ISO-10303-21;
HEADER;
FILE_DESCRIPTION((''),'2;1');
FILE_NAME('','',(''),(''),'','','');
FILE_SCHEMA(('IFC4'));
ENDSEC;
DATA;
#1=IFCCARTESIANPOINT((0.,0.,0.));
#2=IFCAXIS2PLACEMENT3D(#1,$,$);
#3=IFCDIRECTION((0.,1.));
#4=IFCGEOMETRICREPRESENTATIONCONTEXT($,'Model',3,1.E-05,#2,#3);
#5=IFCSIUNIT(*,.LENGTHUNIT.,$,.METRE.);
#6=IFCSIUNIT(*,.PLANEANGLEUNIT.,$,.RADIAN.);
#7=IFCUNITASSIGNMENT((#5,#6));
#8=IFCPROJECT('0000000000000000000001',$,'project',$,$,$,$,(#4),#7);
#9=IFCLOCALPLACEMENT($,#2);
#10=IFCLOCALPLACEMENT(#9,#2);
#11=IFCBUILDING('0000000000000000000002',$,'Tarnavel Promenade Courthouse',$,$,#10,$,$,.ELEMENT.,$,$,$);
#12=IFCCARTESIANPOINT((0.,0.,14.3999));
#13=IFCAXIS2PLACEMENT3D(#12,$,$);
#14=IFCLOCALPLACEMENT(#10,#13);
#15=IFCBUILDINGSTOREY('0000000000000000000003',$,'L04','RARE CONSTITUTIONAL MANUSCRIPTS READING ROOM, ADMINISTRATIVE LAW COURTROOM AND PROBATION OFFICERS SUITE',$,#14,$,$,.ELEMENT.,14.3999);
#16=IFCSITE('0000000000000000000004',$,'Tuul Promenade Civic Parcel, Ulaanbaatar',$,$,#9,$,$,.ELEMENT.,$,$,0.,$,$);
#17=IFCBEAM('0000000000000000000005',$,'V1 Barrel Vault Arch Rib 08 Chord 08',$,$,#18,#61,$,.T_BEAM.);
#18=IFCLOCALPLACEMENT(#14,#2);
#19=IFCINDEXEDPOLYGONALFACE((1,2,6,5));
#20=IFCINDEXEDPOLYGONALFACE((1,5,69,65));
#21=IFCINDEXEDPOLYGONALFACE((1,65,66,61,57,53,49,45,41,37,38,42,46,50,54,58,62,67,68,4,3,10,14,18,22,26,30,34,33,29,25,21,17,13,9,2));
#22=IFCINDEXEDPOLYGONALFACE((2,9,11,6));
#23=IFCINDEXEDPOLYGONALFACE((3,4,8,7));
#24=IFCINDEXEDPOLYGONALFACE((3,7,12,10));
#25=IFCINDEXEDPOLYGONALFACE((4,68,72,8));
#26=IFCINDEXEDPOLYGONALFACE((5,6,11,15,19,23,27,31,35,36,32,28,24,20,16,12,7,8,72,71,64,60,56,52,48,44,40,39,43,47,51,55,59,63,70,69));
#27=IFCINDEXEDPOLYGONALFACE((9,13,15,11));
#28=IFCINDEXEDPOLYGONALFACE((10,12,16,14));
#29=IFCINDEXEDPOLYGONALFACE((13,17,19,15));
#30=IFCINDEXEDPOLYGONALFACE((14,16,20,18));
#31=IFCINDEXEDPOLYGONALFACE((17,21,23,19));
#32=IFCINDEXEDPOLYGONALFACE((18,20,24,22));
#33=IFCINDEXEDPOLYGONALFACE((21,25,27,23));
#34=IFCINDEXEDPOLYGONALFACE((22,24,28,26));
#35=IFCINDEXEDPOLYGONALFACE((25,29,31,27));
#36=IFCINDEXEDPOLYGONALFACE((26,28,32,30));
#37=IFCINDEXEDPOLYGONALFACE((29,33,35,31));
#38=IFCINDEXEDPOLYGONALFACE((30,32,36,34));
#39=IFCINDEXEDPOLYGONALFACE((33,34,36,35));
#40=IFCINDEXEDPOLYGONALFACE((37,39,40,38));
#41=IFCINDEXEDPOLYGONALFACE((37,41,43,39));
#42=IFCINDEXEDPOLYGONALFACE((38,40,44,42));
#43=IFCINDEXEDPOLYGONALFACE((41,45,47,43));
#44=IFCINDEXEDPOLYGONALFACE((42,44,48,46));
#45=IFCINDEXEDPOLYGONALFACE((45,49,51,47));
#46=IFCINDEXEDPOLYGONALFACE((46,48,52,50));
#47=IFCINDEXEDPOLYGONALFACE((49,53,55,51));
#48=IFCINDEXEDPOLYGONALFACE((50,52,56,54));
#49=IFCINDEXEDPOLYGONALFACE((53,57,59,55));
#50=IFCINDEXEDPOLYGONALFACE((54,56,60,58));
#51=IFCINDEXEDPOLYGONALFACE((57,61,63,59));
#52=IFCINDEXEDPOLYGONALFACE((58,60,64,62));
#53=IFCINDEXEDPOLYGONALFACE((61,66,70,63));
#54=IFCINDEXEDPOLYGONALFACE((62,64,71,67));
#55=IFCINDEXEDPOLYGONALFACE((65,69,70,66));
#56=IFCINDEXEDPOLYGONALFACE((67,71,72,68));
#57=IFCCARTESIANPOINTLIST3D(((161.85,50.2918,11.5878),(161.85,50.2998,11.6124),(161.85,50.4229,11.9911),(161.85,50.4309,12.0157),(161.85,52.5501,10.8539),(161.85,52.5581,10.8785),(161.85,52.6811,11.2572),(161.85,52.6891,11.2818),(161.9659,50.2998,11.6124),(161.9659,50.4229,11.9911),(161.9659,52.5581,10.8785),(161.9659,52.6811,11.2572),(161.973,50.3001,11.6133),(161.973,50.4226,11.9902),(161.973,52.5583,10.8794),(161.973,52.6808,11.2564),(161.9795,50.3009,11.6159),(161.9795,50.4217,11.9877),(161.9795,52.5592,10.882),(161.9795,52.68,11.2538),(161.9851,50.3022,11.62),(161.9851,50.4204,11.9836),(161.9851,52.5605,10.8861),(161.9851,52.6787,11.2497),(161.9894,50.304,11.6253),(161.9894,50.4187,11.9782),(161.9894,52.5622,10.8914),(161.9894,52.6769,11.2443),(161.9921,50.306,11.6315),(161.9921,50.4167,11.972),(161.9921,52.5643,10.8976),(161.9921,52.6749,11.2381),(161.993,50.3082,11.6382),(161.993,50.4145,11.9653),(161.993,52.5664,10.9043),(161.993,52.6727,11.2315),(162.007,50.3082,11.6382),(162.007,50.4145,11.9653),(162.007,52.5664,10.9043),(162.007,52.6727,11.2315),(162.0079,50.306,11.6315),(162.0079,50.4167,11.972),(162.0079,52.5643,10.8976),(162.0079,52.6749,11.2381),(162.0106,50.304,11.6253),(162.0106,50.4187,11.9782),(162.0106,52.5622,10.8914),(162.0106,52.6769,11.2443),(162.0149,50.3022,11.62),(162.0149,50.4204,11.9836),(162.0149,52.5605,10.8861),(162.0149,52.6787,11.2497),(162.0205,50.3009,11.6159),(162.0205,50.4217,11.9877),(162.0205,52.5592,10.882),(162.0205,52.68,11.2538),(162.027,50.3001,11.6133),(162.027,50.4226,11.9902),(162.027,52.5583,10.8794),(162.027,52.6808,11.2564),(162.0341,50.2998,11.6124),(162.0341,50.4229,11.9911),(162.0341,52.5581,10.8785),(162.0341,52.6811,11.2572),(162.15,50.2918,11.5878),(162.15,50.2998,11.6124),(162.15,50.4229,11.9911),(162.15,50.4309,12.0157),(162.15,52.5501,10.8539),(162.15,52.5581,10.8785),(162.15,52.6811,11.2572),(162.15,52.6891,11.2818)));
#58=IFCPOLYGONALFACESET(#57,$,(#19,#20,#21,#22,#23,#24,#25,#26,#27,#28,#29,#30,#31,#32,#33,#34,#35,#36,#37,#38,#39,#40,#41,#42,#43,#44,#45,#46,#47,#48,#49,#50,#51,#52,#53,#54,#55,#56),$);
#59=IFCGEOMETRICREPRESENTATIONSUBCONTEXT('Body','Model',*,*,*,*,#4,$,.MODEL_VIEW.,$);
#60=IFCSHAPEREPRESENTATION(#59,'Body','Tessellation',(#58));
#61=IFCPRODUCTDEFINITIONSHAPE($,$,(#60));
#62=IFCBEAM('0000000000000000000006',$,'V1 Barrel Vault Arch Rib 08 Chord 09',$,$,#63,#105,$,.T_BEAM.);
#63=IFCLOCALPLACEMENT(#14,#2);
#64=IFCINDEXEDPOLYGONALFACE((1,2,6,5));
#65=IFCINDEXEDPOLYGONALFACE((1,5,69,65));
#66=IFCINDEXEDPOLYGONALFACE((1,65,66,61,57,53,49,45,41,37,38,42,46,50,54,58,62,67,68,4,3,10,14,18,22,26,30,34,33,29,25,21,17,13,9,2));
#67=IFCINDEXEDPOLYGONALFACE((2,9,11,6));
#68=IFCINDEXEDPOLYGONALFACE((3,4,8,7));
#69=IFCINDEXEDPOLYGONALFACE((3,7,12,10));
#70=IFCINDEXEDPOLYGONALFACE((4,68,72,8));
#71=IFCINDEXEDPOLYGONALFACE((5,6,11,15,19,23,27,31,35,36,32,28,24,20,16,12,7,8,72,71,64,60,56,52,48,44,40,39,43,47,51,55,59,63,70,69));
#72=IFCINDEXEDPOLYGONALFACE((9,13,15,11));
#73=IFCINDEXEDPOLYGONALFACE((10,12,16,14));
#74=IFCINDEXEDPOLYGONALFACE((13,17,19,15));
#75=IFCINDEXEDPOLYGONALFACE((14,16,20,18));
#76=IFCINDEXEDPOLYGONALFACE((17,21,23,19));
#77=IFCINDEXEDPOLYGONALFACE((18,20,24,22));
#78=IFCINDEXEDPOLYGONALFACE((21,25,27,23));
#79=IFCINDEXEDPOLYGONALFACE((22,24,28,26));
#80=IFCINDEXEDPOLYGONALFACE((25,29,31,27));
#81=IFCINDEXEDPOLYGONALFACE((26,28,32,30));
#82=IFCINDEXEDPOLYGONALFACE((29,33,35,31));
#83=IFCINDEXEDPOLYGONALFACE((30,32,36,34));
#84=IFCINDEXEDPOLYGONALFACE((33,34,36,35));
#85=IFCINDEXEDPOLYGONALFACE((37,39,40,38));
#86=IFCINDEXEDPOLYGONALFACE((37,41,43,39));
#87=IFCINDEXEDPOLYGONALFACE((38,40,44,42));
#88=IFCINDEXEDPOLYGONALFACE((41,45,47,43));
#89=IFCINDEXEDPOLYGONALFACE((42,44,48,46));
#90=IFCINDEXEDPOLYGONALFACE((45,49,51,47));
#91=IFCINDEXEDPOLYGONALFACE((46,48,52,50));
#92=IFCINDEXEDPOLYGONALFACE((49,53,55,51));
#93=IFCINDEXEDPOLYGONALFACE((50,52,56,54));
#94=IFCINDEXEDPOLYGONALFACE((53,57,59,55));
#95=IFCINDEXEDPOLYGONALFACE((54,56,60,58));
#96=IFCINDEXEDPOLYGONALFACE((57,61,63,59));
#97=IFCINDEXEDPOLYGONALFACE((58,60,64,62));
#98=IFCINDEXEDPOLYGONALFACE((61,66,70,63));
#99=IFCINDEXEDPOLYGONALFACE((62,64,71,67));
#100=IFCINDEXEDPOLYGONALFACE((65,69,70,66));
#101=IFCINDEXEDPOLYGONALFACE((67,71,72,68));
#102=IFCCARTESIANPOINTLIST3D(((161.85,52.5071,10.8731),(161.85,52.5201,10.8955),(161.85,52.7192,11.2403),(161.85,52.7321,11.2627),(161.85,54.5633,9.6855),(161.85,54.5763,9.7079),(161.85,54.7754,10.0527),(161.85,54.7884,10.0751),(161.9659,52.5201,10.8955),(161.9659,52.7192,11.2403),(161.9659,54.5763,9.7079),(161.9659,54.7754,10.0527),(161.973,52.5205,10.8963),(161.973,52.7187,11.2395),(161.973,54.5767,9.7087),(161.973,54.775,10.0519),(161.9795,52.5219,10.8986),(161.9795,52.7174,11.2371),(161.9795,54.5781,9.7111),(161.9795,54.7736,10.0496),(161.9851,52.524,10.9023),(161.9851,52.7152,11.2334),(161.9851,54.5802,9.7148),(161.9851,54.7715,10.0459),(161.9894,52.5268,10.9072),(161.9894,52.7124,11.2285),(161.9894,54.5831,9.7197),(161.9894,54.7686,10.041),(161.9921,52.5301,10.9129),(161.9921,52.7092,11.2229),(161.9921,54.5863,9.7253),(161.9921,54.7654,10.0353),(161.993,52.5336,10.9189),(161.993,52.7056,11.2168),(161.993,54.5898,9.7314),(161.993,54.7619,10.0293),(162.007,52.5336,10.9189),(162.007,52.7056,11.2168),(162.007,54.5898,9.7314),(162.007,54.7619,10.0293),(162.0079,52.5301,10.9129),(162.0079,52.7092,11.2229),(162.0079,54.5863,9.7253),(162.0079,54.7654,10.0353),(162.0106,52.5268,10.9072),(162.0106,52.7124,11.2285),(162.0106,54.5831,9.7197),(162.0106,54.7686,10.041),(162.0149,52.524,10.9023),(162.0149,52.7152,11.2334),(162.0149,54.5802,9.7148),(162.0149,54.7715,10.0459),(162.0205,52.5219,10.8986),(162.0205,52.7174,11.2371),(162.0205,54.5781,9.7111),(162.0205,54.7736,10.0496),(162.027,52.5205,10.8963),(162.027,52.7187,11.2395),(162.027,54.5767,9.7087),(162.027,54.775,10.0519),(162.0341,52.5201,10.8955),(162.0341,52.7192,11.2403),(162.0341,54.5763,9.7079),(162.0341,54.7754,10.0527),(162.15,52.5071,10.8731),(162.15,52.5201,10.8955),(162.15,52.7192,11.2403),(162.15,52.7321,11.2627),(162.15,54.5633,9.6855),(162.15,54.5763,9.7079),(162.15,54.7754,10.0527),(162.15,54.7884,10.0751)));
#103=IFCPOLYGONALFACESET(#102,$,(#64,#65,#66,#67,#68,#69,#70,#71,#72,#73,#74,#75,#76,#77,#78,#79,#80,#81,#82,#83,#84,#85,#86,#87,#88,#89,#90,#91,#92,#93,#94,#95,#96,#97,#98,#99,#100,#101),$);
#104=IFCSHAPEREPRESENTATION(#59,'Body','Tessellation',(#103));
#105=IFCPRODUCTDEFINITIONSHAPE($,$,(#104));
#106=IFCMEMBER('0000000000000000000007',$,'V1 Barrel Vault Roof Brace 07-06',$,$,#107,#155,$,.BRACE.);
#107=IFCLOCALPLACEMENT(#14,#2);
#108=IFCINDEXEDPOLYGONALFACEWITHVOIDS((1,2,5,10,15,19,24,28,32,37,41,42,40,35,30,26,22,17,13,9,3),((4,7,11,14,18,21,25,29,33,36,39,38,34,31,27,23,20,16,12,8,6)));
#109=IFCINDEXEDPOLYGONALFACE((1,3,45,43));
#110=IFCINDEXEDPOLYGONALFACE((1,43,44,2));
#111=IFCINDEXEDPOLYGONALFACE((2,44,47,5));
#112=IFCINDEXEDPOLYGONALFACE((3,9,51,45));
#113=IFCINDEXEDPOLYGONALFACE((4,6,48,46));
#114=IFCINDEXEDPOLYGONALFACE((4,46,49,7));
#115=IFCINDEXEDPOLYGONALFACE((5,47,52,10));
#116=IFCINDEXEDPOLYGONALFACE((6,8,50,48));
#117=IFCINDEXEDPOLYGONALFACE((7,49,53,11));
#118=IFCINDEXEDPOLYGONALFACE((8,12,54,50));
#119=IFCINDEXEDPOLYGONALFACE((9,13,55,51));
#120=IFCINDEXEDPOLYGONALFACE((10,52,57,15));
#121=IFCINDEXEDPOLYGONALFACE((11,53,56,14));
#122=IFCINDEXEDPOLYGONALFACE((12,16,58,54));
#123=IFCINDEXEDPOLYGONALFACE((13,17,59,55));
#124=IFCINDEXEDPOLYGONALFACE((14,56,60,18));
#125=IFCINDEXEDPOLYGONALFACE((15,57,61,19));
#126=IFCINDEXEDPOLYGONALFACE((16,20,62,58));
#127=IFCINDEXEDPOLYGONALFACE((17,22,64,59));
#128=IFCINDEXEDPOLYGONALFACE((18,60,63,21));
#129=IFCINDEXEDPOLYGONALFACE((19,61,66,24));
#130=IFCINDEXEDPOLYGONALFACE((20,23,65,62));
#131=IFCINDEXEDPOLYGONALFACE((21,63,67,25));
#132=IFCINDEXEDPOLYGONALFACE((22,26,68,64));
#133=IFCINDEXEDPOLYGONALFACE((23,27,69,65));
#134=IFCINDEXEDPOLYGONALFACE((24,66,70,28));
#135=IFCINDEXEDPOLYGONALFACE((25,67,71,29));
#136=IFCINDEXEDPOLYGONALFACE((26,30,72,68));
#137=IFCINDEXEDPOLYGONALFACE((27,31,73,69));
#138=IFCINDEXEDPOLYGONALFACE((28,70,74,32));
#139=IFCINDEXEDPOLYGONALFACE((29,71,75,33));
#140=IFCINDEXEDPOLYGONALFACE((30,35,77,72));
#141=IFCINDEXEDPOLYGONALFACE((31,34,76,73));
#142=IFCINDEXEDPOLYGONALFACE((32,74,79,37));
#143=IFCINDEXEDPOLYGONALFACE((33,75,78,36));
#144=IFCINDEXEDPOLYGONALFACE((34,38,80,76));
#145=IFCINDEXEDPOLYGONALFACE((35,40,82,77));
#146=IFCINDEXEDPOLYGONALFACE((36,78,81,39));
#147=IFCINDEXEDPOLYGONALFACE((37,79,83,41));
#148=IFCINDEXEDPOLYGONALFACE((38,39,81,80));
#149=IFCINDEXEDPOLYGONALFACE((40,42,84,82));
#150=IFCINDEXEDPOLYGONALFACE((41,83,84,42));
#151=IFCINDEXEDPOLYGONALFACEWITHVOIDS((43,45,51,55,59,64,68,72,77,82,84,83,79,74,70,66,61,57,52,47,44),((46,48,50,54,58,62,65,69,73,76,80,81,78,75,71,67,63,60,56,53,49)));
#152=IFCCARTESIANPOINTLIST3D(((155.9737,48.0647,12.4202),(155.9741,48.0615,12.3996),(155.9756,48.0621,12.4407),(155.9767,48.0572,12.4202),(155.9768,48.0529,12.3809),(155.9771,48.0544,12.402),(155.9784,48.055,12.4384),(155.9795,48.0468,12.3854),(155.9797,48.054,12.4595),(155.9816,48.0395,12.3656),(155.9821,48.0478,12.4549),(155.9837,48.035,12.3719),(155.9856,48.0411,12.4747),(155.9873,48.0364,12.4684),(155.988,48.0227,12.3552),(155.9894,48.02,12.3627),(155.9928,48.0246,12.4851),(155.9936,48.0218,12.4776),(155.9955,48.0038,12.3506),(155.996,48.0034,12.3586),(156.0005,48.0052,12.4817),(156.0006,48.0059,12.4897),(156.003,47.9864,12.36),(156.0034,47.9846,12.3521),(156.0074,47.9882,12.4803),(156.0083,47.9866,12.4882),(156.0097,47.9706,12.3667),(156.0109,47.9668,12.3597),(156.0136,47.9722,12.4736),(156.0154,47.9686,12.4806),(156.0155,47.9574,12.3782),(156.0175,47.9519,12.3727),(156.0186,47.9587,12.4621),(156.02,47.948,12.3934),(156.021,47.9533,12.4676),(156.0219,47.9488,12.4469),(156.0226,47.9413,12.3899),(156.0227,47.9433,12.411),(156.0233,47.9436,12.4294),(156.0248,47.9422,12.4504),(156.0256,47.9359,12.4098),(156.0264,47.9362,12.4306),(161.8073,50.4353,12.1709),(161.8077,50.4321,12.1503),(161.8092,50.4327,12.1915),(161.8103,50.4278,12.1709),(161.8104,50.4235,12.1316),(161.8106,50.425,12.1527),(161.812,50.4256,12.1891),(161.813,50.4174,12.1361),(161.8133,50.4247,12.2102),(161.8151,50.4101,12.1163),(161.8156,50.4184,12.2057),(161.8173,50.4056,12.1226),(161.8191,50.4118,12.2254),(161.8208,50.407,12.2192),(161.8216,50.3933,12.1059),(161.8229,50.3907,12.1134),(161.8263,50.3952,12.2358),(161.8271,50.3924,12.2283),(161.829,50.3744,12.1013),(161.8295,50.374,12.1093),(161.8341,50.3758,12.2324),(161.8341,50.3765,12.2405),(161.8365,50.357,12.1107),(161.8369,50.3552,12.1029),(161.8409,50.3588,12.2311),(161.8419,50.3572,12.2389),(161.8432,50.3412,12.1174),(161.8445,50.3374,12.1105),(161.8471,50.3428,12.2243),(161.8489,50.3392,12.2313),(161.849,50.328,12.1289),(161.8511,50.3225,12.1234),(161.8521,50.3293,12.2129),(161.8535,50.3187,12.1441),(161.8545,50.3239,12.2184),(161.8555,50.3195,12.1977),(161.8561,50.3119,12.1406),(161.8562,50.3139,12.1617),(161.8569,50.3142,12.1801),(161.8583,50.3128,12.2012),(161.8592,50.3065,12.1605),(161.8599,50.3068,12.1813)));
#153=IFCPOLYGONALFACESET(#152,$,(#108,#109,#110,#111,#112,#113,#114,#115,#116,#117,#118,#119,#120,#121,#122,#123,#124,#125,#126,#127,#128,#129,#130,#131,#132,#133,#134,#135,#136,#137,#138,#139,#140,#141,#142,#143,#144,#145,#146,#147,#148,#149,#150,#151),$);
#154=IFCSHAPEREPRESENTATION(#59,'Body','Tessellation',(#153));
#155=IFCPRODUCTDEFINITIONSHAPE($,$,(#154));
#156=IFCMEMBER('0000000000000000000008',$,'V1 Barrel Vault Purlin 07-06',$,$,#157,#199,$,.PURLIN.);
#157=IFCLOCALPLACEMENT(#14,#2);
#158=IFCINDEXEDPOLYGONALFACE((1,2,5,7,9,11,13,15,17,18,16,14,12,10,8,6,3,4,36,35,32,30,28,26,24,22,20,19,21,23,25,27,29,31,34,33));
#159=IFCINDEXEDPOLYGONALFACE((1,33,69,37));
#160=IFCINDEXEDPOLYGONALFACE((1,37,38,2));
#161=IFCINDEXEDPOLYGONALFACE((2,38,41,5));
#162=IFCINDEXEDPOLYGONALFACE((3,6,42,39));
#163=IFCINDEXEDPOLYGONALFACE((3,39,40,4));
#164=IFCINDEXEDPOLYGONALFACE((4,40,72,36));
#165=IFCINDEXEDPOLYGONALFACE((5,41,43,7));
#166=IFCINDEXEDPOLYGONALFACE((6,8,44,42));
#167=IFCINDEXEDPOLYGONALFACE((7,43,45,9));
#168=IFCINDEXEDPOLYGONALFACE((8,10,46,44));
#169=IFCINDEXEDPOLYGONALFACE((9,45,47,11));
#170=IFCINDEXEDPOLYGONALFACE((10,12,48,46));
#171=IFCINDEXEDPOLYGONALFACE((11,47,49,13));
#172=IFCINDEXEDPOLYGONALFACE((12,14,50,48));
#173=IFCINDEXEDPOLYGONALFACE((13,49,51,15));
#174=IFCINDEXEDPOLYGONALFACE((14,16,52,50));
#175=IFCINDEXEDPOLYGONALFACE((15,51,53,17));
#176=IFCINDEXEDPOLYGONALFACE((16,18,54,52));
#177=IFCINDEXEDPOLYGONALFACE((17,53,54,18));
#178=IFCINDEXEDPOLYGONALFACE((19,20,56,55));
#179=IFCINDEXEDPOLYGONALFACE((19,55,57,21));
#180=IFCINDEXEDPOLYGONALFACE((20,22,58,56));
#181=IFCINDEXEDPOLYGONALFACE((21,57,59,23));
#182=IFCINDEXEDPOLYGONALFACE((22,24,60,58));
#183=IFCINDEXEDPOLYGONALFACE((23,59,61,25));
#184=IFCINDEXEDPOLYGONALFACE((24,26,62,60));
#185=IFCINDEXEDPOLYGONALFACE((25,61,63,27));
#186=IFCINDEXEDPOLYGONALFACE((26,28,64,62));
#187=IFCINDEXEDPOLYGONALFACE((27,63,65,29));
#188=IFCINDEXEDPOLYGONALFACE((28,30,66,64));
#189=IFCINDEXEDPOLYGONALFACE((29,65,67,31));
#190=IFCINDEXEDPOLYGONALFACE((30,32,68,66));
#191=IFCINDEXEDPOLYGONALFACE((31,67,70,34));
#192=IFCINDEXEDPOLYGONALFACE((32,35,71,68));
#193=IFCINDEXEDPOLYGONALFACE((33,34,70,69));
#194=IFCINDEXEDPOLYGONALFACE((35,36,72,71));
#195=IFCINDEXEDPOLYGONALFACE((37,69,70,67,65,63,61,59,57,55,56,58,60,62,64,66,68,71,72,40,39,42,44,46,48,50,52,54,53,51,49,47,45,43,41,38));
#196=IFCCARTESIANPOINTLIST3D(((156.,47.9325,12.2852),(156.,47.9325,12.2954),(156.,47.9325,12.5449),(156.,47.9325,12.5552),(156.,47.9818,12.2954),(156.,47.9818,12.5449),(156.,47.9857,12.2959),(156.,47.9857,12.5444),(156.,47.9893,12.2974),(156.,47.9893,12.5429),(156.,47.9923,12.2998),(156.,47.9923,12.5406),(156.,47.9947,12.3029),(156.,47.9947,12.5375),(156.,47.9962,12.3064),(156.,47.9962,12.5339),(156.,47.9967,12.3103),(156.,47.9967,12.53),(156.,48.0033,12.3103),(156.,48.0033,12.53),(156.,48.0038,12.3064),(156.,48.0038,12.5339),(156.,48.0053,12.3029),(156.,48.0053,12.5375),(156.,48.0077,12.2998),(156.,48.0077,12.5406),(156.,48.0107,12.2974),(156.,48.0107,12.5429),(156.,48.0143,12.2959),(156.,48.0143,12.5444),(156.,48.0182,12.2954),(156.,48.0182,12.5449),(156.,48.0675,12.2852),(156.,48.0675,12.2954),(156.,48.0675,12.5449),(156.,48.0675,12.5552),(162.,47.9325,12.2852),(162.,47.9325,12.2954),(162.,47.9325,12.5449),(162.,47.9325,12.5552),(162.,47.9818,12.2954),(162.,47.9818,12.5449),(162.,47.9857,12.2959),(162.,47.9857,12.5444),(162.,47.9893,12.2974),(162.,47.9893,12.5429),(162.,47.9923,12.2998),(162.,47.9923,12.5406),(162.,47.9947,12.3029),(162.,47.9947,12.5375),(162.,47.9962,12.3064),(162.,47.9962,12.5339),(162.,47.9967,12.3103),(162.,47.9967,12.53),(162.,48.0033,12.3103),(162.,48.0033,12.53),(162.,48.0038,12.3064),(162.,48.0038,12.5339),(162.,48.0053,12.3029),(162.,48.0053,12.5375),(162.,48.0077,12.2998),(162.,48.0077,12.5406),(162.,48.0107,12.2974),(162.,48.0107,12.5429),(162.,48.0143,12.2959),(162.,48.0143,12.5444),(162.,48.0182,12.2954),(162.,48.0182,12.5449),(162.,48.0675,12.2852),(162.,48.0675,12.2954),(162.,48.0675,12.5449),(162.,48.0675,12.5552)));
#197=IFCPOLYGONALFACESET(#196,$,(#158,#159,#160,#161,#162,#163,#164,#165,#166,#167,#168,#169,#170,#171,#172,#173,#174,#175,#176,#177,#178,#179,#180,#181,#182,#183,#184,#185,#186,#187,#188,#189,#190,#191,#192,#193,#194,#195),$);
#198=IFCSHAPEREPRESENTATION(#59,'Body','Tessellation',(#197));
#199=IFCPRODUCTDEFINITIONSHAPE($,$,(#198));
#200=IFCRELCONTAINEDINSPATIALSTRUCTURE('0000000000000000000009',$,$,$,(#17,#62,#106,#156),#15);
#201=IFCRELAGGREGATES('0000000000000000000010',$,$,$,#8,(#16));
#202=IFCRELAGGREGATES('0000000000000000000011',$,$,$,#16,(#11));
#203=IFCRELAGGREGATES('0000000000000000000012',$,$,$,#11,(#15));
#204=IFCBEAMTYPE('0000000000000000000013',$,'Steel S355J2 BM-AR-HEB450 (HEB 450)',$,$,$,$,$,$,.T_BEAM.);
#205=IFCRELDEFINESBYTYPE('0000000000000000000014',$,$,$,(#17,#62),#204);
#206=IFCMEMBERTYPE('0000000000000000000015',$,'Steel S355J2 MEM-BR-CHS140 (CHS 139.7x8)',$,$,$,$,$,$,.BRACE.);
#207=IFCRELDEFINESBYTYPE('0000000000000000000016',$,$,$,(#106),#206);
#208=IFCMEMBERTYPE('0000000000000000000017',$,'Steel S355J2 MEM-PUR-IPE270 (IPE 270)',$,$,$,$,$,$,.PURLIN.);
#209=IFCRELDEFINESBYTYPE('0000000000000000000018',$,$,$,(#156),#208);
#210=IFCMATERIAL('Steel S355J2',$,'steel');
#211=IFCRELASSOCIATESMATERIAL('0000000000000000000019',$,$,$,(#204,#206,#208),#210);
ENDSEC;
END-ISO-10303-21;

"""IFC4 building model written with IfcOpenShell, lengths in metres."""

from ifc_helpers import new_model, si_unit, direction, frame, origin, origin_2d, place, context, subcontext, project, spatial, hollow_circle, i_section, extrude, material, material_profile, profile_set, type_object, element, save


model = new_model("IFC4")

# Units and contexts
model_context = context("Model", 3, precision=1e-05, world=origin(), true_north=direction((0.0, 1.0)))
body_context = subcontext(model_context, "Body", "Model", "MODEL_VIEW")
ifc_project = project(units=[si_unit("LENGTHUNIT", "METRE"), si_unit("PLANEANGLEUNIT", "RADIAN")], contexts=[model_context])

# Site, building, storey
site_placement = place(None, origin())
site = spatial("IfcSite", under=ifc_project, at=site_placement, Name="Tuul Promenade Civic Parcel, Ulaanbaatar", CompositionType="ELEMENT", RefElevation=0.0)
building_placement = place(site_placement, origin())
building = spatial("IfcBuilding", under=site, at=building_placement, Name="Tarnavel Promenade Courthouse", CompositionType="ELEMENT")
storey_placement = place(building_placement, frame((0.0, 0.0, 14.3999)))
storey = spatial("IfcBuildingStorey", under=building, at=storey_placement, Name="L04", Description="RARE CONSTITUTIONAL MANUSCRIPTS READING ROOM, ADMINISTRATIVE LAW COURTROOM AND PROBATION OFFICERS SUITE", CompositionType="ELEMENT", Elevation=14.3999)

# Beams
ifc_material_1 = material(Name="Steel S355J2", Category="steel")
ifc_material_profile_1 = material_profile(ifc_material_1, i_section(OverallWidth=0.3, OverallDepth=0.45, WebThickness=0.0139, FlangeThickness=0.0259, FilletRadius=0.0271, at=origin_2d()), Name="HEB 450")
ifc_profile_set_1 = profile_set([ifc_material_profile_1], Name="Steel S355J2")
beam_type = type_object("IfcBeamType", Name="Steel S355J2 BM-AR-HEB450 (HEB 450)", PredefinedType="T_BEAM", material=ifc_profile_set_1)
for number, where, z_axis, x_axis, name in (
    (1, (162.0, 50.3613, 11.8018), (0.0, 0.951042, -0.309063), (-1.0, 0.0, 0.0), "V1 Barrel Vault Arch Rib 08 Chord 08"),
    (2, (162.0, 52.6196, 11.0679), (0.0, 0.865956, -0.50012), (-1.0, 0.0, 0.0), "V1 Barrel Vault Arch Rib 08 Chord 09"),
):
    element("IfcBeam", number, at=place(storey_placement, frame(where, z_axis=z_axis, x_axis=x_axis)), inside=storey, type_object=beam_type, Name=name, PredefinedType="T_BEAM", context=body_context, shape_type="SweptSolid", body=[
        extrude(i_section(OverallWidth=0.3, OverallDepth=0.45, WebThickness=0.0139, FlangeThickness=0.0259, FilletRadius=0.0271, at=origin_2d()), origin(), (0.0, 0.0, 1.0), 2.3745),
    ])

# Members
ifc_material_profile_2 = material_profile(ifc_material_1, hollow_circle(Radius=0.0698, WallThickness=0.0081, at=origin_2d()), Name="CHS 139.7x8")
ifc_profile_set_2 = profile_set([ifc_material_profile_2], Name="Steel S355J2")
member_type_1 = type_object("IfcMemberType", Name="Steel S355J2 MEM-BR-CHS140 (CHS 139.7x8)", PredefinedType="BRACE", material=ifc_profile_set_2)
member_placement = place(storey_placement, frame((156.0, 48.0, 12.4202), z_axis=(0.9257, 0.376184, -0.039556), x_axis=(-0.376479, 0.926425, 0.0)))
element("IfcMember", 3, at=member_placement, inside=storey, type_object=member_type_1, Name="V1 Barrel Vault Roof Brace 07-06", PredefinedType="BRACE", context=body_context, shape_type="SweptSolid", body=[
    extrude(hollow_circle(Radius=0.0698, WallThickness=0.0081, at=origin_2d()), origin(), (0.0, 0.0, 1.0), 6.3018),
])
ifc_material_profile_3 = material_profile(ifc_material_1, i_section(OverallWidth=0.135, OverallDepth=0.27, WebThickness=0.0066, FlangeThickness=0.0103, FilletRadius=0.0149, at=origin_2d()), Name="IPE 270")
ifc_profile_set_3 = profile_set([ifc_material_profile_3], Name="Steel S355J2")
member_type_2 = type_object("IfcMemberType", Name="Steel S355J2 MEM-PUR-IPE270 (IPE 270)", PredefinedType="PURLIN", material=ifc_profile_set_3)
for number, where, z_axis, x_axis, name in (
    (4, (156.0, 48.0, 12.4202), (1.0, 0.0, 0.0), (0.0, 1.0, 0.0), "V1 Barrel Vault Purlin 07-06"),
):
    element("IfcMember", number, at=place(storey_placement, frame(where, z_axis=z_axis, x_axis=x_axis)), inside=storey, type_object=member_type_2, Name=name, PredefinedType="PURLIN", context=body_context, shape_type="SweptSolid", body=[
        extrude(i_section(OverallWidth=0.135, OverallDepth=0.27, WebThickness=0.0066, FlangeThickness=0.0103, FilletRadius=0.0149, at=origin_2d()), origin(), (0.0, 0.0, 1.0), 6.0),
    ])

save(model, "model.ifc")
